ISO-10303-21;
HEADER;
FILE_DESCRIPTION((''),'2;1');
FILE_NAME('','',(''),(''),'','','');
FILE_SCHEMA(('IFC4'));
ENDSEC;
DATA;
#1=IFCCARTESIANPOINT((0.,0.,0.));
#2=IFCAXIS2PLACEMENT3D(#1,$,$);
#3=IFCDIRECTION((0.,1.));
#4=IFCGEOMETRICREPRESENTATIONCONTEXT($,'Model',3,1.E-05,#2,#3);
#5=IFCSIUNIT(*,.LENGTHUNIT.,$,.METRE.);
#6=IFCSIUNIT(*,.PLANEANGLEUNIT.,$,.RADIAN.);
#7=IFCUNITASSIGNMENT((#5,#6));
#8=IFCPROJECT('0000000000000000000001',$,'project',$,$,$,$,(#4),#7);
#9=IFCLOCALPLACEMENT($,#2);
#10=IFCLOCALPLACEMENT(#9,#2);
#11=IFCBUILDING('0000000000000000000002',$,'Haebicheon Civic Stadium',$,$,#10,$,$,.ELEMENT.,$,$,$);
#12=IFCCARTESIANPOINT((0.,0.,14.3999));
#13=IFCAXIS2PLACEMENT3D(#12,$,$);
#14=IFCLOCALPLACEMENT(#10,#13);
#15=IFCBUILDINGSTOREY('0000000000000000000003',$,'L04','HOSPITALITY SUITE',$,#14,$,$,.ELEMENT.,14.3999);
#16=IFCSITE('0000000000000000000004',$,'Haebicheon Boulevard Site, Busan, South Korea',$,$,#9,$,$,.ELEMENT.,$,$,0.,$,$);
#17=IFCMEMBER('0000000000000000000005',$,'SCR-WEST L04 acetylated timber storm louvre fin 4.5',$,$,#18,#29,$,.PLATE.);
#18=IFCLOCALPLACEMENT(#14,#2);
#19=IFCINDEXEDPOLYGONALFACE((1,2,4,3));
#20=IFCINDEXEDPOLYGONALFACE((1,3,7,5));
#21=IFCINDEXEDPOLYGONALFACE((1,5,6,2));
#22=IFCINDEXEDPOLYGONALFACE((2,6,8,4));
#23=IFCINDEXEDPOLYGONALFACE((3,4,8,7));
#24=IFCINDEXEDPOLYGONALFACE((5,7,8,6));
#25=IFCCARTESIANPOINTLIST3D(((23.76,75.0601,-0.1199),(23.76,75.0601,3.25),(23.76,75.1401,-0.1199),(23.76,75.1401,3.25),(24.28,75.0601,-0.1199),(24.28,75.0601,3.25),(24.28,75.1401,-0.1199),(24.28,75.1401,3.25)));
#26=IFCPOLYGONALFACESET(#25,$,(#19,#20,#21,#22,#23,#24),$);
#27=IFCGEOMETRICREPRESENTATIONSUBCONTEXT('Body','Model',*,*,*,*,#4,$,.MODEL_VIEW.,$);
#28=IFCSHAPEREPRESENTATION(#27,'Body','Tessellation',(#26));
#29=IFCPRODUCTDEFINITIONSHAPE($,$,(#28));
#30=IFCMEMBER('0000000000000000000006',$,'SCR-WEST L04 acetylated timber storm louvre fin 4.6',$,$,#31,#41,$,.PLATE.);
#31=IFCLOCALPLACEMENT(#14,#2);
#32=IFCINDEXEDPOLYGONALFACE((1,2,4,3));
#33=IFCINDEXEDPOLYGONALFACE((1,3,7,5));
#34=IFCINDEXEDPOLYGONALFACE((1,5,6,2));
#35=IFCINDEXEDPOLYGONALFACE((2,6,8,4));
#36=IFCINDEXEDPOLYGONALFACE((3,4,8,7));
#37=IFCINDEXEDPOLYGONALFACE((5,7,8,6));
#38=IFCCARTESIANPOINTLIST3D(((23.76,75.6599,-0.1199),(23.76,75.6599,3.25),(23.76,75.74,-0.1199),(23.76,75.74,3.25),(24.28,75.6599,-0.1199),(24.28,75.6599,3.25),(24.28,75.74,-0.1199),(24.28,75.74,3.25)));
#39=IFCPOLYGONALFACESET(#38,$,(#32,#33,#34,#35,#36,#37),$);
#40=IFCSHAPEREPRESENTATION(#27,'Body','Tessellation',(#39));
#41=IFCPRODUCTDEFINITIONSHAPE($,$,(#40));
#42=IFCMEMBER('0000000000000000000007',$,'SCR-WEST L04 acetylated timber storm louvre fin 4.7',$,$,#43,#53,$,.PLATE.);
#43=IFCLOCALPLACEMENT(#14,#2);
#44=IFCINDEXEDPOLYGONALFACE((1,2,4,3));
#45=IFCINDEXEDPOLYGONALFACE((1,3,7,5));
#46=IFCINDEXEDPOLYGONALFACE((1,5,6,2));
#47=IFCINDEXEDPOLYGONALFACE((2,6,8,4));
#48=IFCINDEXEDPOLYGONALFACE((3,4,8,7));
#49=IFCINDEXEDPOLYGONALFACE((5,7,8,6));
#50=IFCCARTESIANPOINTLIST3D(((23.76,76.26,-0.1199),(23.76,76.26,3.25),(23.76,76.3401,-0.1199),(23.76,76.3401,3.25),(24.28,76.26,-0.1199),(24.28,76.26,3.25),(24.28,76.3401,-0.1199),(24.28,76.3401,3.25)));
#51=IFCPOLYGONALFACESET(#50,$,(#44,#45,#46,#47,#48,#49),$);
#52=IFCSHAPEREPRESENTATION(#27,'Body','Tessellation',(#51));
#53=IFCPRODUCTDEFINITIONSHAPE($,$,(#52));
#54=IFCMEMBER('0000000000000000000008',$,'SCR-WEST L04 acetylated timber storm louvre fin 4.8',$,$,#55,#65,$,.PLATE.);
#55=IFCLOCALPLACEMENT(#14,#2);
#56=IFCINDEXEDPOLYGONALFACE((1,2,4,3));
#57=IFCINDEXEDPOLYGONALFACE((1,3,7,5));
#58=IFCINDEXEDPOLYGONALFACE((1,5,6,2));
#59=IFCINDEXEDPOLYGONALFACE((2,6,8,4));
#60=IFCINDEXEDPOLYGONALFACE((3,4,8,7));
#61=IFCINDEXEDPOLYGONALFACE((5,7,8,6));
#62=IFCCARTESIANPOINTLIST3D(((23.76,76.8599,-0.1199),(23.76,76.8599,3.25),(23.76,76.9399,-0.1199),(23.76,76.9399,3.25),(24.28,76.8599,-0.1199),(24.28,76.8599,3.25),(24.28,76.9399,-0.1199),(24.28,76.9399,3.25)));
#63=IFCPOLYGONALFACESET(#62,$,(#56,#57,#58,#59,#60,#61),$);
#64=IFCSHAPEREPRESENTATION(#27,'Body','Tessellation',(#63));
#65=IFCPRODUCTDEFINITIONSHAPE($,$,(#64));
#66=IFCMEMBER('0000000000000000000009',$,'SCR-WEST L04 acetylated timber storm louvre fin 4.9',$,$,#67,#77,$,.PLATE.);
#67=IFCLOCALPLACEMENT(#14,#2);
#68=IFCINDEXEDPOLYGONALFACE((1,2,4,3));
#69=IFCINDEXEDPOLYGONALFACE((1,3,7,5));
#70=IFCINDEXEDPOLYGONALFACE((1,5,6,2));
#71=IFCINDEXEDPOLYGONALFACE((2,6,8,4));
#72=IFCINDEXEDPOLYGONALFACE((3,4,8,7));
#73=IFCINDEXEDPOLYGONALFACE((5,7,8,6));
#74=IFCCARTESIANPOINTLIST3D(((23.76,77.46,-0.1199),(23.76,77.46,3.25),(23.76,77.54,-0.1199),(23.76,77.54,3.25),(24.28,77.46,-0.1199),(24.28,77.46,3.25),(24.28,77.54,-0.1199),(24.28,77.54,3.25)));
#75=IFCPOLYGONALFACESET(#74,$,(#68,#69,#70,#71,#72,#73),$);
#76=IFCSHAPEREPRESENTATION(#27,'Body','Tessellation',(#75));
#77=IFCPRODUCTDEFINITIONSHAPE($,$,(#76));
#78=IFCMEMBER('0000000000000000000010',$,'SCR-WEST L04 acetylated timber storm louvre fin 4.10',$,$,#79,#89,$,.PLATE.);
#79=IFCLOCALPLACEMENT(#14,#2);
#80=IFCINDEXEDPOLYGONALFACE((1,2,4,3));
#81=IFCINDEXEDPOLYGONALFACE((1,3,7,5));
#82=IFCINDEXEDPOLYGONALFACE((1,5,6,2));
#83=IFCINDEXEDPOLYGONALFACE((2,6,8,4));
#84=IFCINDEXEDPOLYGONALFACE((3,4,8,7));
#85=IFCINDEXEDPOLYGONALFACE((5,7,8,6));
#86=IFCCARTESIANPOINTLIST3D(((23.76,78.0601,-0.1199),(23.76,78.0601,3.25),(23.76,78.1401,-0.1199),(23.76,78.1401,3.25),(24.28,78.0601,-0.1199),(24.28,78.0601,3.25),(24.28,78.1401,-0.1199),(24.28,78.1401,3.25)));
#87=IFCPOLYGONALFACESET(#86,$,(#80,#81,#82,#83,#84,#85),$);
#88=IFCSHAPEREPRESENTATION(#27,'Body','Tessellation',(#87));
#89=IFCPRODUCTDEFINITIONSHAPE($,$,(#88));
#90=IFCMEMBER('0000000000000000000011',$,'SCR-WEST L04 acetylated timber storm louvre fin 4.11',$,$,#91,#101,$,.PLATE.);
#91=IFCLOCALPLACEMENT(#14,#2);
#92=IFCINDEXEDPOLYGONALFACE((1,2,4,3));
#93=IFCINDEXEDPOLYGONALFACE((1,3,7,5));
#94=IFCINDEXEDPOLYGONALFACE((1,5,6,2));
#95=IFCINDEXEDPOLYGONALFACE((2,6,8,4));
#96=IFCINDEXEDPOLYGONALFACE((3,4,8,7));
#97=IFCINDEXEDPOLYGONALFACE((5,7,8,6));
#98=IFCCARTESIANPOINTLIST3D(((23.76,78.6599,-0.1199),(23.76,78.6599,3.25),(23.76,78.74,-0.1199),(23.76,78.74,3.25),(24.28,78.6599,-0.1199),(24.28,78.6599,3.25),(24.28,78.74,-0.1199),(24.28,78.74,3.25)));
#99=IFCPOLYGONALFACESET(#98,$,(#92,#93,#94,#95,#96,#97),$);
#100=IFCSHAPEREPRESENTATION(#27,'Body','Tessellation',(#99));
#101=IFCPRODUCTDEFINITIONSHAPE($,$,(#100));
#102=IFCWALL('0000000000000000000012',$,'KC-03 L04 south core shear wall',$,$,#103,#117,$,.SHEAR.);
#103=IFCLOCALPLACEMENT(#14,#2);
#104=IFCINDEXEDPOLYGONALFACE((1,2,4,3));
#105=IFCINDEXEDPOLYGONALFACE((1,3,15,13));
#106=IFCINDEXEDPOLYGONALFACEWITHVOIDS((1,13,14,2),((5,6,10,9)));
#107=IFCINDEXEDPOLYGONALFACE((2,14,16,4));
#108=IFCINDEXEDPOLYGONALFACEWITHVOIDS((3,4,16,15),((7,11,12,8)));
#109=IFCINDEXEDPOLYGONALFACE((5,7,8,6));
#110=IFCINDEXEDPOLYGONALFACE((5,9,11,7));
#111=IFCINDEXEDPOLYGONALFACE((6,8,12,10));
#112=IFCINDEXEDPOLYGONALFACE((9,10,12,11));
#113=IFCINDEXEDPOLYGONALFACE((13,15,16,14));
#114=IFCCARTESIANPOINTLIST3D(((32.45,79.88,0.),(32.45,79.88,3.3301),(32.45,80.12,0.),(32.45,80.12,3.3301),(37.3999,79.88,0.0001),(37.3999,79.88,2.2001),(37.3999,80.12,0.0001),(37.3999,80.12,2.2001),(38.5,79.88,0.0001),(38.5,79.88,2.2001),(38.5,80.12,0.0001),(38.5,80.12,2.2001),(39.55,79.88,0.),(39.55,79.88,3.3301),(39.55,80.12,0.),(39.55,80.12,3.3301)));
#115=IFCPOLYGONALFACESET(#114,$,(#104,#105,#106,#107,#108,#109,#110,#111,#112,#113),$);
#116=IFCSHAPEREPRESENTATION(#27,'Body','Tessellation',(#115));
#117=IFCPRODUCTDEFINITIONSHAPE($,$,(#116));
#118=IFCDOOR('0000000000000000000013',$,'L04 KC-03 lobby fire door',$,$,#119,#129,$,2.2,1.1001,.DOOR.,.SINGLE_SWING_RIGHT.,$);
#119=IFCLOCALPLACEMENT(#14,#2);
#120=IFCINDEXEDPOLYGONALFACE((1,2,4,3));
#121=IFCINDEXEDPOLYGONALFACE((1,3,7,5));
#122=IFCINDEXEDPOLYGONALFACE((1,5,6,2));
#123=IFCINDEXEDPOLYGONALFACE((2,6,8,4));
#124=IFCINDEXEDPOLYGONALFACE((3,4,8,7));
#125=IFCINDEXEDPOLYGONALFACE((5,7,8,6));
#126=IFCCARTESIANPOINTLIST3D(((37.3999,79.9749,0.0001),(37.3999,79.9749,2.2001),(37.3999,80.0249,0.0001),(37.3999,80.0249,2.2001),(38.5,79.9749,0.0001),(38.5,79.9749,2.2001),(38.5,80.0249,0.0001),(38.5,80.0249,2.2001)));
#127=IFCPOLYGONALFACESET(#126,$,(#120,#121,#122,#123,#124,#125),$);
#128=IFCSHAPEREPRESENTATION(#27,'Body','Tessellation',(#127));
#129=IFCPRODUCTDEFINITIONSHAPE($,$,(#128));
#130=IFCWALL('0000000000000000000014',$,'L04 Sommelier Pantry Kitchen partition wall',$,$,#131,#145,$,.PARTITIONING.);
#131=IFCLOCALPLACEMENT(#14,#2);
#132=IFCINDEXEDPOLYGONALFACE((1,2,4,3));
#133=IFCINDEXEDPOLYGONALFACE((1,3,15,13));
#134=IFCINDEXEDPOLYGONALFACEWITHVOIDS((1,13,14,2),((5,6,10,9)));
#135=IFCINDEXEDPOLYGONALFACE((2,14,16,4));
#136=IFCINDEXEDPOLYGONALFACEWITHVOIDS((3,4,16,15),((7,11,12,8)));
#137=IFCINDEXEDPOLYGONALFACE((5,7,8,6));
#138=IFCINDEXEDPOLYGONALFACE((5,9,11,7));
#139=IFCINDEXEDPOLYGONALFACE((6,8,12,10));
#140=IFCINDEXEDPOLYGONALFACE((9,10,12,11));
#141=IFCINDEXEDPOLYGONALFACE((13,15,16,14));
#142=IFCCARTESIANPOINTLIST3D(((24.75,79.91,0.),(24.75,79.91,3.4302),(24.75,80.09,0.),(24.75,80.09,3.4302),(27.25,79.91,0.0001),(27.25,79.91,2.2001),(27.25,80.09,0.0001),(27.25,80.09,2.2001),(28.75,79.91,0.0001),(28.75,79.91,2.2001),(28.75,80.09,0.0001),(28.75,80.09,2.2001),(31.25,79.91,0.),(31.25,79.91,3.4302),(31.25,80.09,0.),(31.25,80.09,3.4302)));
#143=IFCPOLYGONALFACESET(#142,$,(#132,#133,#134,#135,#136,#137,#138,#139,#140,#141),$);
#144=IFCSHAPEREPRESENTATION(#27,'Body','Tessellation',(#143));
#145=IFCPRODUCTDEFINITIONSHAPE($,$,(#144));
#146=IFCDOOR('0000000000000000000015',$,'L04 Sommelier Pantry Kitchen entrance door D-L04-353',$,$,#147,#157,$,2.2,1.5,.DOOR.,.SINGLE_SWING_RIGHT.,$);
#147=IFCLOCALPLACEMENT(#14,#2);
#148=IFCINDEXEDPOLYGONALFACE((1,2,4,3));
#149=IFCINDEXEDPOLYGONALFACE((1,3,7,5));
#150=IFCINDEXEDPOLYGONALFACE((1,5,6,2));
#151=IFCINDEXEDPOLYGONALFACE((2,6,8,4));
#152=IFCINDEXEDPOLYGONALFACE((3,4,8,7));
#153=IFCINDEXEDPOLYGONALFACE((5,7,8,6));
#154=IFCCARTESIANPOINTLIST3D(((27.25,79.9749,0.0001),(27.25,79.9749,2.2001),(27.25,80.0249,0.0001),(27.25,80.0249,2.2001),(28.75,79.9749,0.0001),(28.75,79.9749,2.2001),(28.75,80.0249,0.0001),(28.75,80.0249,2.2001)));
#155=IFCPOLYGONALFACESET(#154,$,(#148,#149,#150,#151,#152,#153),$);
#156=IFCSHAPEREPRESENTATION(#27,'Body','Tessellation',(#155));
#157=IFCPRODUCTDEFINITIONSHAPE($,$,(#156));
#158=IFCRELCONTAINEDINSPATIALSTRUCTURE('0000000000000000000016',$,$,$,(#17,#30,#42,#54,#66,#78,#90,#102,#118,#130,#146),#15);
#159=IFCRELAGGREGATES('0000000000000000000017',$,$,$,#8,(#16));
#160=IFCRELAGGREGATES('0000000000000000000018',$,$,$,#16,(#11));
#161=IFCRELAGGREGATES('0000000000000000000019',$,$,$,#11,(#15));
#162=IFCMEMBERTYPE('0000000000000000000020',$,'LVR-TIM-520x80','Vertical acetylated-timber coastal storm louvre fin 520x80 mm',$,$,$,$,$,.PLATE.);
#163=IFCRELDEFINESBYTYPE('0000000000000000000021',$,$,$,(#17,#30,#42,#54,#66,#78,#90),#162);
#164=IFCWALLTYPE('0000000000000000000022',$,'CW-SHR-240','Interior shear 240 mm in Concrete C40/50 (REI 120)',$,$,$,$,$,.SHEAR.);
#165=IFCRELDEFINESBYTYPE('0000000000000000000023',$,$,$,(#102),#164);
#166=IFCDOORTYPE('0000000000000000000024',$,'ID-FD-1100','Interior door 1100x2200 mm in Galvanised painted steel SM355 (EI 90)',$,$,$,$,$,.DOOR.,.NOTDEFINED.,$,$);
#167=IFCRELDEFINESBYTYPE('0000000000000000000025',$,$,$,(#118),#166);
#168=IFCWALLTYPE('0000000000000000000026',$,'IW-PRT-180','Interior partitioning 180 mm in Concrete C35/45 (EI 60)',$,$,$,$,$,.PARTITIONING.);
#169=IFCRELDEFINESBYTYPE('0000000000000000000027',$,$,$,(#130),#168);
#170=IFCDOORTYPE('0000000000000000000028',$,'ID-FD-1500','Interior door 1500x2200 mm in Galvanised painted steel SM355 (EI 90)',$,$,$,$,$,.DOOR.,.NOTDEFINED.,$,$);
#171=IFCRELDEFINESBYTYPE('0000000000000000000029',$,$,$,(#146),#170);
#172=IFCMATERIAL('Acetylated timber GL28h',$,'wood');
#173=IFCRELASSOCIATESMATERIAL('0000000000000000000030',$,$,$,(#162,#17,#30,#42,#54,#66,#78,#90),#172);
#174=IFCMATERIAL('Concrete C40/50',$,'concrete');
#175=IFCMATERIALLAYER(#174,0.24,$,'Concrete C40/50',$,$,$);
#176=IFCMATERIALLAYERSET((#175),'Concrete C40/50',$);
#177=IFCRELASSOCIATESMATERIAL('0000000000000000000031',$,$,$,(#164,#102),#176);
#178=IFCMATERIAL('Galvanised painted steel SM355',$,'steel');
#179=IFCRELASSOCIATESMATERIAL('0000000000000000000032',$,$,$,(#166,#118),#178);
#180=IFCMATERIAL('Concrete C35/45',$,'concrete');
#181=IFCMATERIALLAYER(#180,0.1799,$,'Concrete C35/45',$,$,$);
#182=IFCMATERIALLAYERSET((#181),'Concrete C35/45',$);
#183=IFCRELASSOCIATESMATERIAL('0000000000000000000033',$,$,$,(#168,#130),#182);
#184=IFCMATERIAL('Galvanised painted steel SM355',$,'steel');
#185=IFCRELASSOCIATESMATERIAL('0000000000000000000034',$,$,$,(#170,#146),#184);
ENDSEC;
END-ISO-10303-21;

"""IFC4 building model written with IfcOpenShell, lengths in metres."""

from ifc_helpers import new_model, si_unit, direction, frame, frame_2d, origin, origin_2d, place, context, subcontext, project, spatial, rectangle, extrude, material, layer, layer_set, material_profile, profile_set, type_object, element, fill, save


model = new_model("IFC4")

# Units and contexts
model_context = context("Model", 3, precision=1e-05, world=origin(), true_north=direction((0.0, 1.0)))
body_context = subcontext(model_context, "Body", "Model", "MODEL_VIEW")
ifc_project = project(units=[si_unit("LENGTHUNIT", "METRE"), si_unit("PLANEANGLEUNIT", "RADIAN")], contexts=[model_context])

# Site, building, storey
site_placement = place(None, origin())
site = spatial("IfcSite", under=ifc_project, at=site_placement, Name="Haebicheon Boulevard Site, Busan, South Korea", CompositionType="ELEMENT", RefElevation=0.0)
building_placement = place(site_placement, origin())
building = spatial("IfcBuilding", under=site, at=building_placement, Name="Haebicheon Civic Stadium", CompositionType="ELEMENT")
storey_placement = place(building_placement, frame((0.0, 0.0, 14.3999)))
storey = spatial("IfcBuildingStorey", under=building, at=storey_placement, Name="L04", Description="HOSPITALITY SUITE", CompositionType="ELEMENT", Elevation=14.3999)

# Members
ifc_material_1 = material(Name="Acetylated timber GL28h", Category="wood")
ifc_material_profile_1 = material_profile(ifc_material_1, rectangle(XDim=0.0801, YDim=0.52, at=origin_2d()), Name="TMB-LOUV-80x520")
ifc_profile_set_1 = profile_set([ifc_material_profile_1], Name="Acetylated timber GL28h")
member_type = type_object("IfcMemberType", Name="LVR-TIM-520x80", Description="Vertical acetylated-timber coastal storm louvre fin 520x80 mm", PredefinedType="PLATE", material=ifc_profile_set_1)
for number, where, z_axis, x_axis, name in (
    (1, (24.02, 75.1001, -0.1199), (0.0, 0.0, 1.0), (0.0, 1.0, 0.0), "SCR-WEST L04 acetylated timber storm louvre fin 4.5"),
    (2, (24.02, 75.7, -0.1199), (0.0, 0.0, 1.0), (0.0, 1.0, 0.0), "SCR-WEST L04 acetylated timber storm louvre fin 4.6"),
    (3, (24.02, 76.3, -0.1199), (0.0, 0.0, 1.0), (0.0, 1.0, 0.0), "SCR-WEST L04 acetylated timber storm louvre fin 4.7"),
    (4, (24.02, 76.8999, -0.1199), (0.0, 0.0, 1.0), (0.0, 1.0, 0.0), "SCR-WEST L04 acetylated timber storm louvre fin 4.8"),
    (5, (24.02, 77.5, -0.1199), (0.0, 0.0, 1.0), (0.0, 1.0, 0.0), "SCR-WEST L04 acetylated timber storm louvre fin 4.9"),
    (6, (24.02, 78.1001, -0.1199), (0.0, 0.0, 1.0), (0.0, 1.0, 0.0), "SCR-WEST L04 acetylated timber storm louvre fin 4.10"),
    (7, (24.02, 78.7, -0.1199), (0.0, 0.0, 1.0), (0.0, 1.0, 0.0), "SCR-WEST L04 acetylated timber storm louvre fin 4.11"),
):
    element("IfcMember", number, at=place(storey_placement, frame(where, z_axis=z_axis, x_axis=x_axis)), inside=storey, type_object=member_type, material=ifc_profile_set_1, Name=name, PredefinedType="PLATE", context=body_context, shape_type="SweptSolid", body=[
        extrude(rectangle(XDim=0.0801, YDim=0.52, at=origin_2d()), origin(), (0.0, 0.0, 1.0), 3.3699),
    ])

# Walls, openings, doors
ifc_material_2 = material(Name="Concrete C40/50", Category="concrete")
ifc_layer_1 = layer(ifc_material_2, 0.24, Name="Concrete C40/50")
ifc_layer_set_1 = layer_set([ifc_layer_1], Name="Concrete C40/50")
wall_type_1 = type_object("IfcWallType", Name="CW-SHR-240", Description="Interior shear 240 mm in Concrete C40/50 (REI 120)", PredefinedType="SHEAR", material=ifc_layer_set_1)
wall_1_placement = place(storey_placement, frame((32.45, 80.0, 0.0), z_axis=(0.0, 0.0, 1.0), x_axis=(1.0, 0.0, 0.0)))
wall_1 = element("IfcWall", 8, at=wall_1_placement, inside=storey, type_object=wall_type_1, material=ifc_layer_set_1, Name="KC-03 L04 south core shear wall", PredefinedType="SHEAR", context=body_context, shape_type="SweptSolid", body=[
    extrude(rectangle(XDim=7.1001, YDim=0.24, at=frame_2d((3.55, 0.0))), origin(), (0.0, 0.0, 1.0), 3.3301),
])
opening_1_placement = place(wall_1_placement, frame((4.95, 0.0, 0.0)))
opening_1 = element("IfcOpeningElement", 9, at=opening_1_placement, cuts=wall_1, PredefinedType="OPENING", context=body_context, shape_type="SweptSolid", body=[
    extrude(rectangle(XDim=1.1001, YDim=2.2, at=frame_2d((0.55, 1.1001))), frame((0.0, 0.1299, 0.0), z_axis=(0.0, -1.0, 0.0), x_axis=(1.0, 0.0, 0.0)), (0.0, 0.0, 1.0), 0.26),
])
ifc_material_3 = material(Name="Galvanised painted steel SM355", Category="steel")
door_type_1 = type_object("IfcDoorType", Name="ID-FD-1100", Description="Interior door 1100x2200 mm in Galvanised painted steel SM355 (EI 90)", OperationType="NOTDEFINED", PredefinedType="DOOR", material=ifc_material_3)
door_1_placement = place(opening_1_placement, origin())
door_1 = element("IfcDoor", 10, at=door_1_placement, inside=storey, type_object=door_type_1, material=ifc_material_3, Name="L04 KC-03 lobby fire door", OperationType="SINGLE_SWING_RIGHT", OverallHeight=2.2, OverallWidth=1.1001, PredefinedType="DOOR", context=body_context, shape_type="SweptSolid", body=[
    extrude(rectangle(XDim=1.1001, YDim=2.2, at=frame_2d((0.55, 1.1001))), frame((0.0, 0.0249, 0.0), z_axis=(0.0, -1.0, 0.0), x_axis=(1.0, 0.0, 0.0)), (0.0, 0.0, 1.0), 0.05),
])
fill(opening_1, door_1)
ifc_material_4 = material(Name="Concrete C35/45", Category="concrete")
ifc_layer_2 = layer(ifc_material_4, 0.1799, Name="Concrete C35/45")
ifc_layer_set_2 = layer_set([ifc_layer_2], Name="Concrete C35/45")
wall_type_2 = type_object("IfcWallType", Name="IW-PRT-180", Description="Interior partitioning 180 mm in Concrete C35/45 (EI 60)", PredefinedType="PARTITIONING", material=ifc_layer_set_2)
wall_2_placement = place(storey_placement, frame((24.75, 80.0, 0.0), z_axis=(0.0, 0.0, 1.0), x_axis=(1.0, 0.0, 0.0)))
wall_2 = element("IfcWall", 11, at=wall_2_placement, inside=storey, type_object=wall_type_2, material=ifc_layer_set_2, Name="L04 Sommelier Pantry Kitchen partition wall", PredefinedType="PARTITIONING", context=body_context, shape_type="SweptSolid", body=[
    extrude(rectangle(XDim=6.5, YDim=0.1799, at=frame_2d((3.25, 0.0))), origin(), (0.0, 0.0, 1.0), 3.4302),
])
opening_2_placement = place(wall_2_placement, frame((2.5, 0.0, 0.0)))
opening_2 = element("IfcOpeningElement", 12, at=opening_2_placement, cuts=wall_2, PredefinedType="OPENING", context=body_context, shape_type="SweptSolid", body=[
    extrude(rectangle(XDim=1.5, YDim=2.2, at=frame_2d((0.75, 1.1001))), frame((0.0, 0.0999, 0.0), z_axis=(0.0, -1.0, 0.0), x_axis=(1.0, 0.0, 0.0)), (0.0, 0.0, 1.0), 0.2),
])
ifc_material_5 = material(Name="Galvanised painted steel SM355", Category="steel")
door_type_2 = type_object("IfcDoorType", Name="ID-FD-1500", Description="Interior door 1500x2200 mm in Galvanised painted steel SM355 (EI 90)", OperationType="NOTDEFINED", PredefinedType="DOOR", material=ifc_material_5)
door_2_placement = place(opening_2_placement, origin())
door_2 = element("IfcDoor", 13, at=door_2_placement, inside=storey, type_object=door_type_2, material=ifc_material_5, Name="L04 Sommelier Pantry Kitchen entrance door D-L04-353", OperationType="SINGLE_SWING_RIGHT", OverallHeight=2.2, OverallWidth=1.5, PredefinedType="DOOR", context=body_context, shape_type="SweptSolid", body=[
    extrude(rectangle(XDim=1.5, YDim=2.2, at=frame_2d((0.75, 1.1001))), frame((0.0, 0.0249, 0.0), z_axis=(0.0, -1.0, 0.0), x_axis=(1.0, 0.0, 0.0)), (0.0, 0.0, 1.0), 0.05),
])
fill(opening_2, door_2)

save(model, "model.ifc")
